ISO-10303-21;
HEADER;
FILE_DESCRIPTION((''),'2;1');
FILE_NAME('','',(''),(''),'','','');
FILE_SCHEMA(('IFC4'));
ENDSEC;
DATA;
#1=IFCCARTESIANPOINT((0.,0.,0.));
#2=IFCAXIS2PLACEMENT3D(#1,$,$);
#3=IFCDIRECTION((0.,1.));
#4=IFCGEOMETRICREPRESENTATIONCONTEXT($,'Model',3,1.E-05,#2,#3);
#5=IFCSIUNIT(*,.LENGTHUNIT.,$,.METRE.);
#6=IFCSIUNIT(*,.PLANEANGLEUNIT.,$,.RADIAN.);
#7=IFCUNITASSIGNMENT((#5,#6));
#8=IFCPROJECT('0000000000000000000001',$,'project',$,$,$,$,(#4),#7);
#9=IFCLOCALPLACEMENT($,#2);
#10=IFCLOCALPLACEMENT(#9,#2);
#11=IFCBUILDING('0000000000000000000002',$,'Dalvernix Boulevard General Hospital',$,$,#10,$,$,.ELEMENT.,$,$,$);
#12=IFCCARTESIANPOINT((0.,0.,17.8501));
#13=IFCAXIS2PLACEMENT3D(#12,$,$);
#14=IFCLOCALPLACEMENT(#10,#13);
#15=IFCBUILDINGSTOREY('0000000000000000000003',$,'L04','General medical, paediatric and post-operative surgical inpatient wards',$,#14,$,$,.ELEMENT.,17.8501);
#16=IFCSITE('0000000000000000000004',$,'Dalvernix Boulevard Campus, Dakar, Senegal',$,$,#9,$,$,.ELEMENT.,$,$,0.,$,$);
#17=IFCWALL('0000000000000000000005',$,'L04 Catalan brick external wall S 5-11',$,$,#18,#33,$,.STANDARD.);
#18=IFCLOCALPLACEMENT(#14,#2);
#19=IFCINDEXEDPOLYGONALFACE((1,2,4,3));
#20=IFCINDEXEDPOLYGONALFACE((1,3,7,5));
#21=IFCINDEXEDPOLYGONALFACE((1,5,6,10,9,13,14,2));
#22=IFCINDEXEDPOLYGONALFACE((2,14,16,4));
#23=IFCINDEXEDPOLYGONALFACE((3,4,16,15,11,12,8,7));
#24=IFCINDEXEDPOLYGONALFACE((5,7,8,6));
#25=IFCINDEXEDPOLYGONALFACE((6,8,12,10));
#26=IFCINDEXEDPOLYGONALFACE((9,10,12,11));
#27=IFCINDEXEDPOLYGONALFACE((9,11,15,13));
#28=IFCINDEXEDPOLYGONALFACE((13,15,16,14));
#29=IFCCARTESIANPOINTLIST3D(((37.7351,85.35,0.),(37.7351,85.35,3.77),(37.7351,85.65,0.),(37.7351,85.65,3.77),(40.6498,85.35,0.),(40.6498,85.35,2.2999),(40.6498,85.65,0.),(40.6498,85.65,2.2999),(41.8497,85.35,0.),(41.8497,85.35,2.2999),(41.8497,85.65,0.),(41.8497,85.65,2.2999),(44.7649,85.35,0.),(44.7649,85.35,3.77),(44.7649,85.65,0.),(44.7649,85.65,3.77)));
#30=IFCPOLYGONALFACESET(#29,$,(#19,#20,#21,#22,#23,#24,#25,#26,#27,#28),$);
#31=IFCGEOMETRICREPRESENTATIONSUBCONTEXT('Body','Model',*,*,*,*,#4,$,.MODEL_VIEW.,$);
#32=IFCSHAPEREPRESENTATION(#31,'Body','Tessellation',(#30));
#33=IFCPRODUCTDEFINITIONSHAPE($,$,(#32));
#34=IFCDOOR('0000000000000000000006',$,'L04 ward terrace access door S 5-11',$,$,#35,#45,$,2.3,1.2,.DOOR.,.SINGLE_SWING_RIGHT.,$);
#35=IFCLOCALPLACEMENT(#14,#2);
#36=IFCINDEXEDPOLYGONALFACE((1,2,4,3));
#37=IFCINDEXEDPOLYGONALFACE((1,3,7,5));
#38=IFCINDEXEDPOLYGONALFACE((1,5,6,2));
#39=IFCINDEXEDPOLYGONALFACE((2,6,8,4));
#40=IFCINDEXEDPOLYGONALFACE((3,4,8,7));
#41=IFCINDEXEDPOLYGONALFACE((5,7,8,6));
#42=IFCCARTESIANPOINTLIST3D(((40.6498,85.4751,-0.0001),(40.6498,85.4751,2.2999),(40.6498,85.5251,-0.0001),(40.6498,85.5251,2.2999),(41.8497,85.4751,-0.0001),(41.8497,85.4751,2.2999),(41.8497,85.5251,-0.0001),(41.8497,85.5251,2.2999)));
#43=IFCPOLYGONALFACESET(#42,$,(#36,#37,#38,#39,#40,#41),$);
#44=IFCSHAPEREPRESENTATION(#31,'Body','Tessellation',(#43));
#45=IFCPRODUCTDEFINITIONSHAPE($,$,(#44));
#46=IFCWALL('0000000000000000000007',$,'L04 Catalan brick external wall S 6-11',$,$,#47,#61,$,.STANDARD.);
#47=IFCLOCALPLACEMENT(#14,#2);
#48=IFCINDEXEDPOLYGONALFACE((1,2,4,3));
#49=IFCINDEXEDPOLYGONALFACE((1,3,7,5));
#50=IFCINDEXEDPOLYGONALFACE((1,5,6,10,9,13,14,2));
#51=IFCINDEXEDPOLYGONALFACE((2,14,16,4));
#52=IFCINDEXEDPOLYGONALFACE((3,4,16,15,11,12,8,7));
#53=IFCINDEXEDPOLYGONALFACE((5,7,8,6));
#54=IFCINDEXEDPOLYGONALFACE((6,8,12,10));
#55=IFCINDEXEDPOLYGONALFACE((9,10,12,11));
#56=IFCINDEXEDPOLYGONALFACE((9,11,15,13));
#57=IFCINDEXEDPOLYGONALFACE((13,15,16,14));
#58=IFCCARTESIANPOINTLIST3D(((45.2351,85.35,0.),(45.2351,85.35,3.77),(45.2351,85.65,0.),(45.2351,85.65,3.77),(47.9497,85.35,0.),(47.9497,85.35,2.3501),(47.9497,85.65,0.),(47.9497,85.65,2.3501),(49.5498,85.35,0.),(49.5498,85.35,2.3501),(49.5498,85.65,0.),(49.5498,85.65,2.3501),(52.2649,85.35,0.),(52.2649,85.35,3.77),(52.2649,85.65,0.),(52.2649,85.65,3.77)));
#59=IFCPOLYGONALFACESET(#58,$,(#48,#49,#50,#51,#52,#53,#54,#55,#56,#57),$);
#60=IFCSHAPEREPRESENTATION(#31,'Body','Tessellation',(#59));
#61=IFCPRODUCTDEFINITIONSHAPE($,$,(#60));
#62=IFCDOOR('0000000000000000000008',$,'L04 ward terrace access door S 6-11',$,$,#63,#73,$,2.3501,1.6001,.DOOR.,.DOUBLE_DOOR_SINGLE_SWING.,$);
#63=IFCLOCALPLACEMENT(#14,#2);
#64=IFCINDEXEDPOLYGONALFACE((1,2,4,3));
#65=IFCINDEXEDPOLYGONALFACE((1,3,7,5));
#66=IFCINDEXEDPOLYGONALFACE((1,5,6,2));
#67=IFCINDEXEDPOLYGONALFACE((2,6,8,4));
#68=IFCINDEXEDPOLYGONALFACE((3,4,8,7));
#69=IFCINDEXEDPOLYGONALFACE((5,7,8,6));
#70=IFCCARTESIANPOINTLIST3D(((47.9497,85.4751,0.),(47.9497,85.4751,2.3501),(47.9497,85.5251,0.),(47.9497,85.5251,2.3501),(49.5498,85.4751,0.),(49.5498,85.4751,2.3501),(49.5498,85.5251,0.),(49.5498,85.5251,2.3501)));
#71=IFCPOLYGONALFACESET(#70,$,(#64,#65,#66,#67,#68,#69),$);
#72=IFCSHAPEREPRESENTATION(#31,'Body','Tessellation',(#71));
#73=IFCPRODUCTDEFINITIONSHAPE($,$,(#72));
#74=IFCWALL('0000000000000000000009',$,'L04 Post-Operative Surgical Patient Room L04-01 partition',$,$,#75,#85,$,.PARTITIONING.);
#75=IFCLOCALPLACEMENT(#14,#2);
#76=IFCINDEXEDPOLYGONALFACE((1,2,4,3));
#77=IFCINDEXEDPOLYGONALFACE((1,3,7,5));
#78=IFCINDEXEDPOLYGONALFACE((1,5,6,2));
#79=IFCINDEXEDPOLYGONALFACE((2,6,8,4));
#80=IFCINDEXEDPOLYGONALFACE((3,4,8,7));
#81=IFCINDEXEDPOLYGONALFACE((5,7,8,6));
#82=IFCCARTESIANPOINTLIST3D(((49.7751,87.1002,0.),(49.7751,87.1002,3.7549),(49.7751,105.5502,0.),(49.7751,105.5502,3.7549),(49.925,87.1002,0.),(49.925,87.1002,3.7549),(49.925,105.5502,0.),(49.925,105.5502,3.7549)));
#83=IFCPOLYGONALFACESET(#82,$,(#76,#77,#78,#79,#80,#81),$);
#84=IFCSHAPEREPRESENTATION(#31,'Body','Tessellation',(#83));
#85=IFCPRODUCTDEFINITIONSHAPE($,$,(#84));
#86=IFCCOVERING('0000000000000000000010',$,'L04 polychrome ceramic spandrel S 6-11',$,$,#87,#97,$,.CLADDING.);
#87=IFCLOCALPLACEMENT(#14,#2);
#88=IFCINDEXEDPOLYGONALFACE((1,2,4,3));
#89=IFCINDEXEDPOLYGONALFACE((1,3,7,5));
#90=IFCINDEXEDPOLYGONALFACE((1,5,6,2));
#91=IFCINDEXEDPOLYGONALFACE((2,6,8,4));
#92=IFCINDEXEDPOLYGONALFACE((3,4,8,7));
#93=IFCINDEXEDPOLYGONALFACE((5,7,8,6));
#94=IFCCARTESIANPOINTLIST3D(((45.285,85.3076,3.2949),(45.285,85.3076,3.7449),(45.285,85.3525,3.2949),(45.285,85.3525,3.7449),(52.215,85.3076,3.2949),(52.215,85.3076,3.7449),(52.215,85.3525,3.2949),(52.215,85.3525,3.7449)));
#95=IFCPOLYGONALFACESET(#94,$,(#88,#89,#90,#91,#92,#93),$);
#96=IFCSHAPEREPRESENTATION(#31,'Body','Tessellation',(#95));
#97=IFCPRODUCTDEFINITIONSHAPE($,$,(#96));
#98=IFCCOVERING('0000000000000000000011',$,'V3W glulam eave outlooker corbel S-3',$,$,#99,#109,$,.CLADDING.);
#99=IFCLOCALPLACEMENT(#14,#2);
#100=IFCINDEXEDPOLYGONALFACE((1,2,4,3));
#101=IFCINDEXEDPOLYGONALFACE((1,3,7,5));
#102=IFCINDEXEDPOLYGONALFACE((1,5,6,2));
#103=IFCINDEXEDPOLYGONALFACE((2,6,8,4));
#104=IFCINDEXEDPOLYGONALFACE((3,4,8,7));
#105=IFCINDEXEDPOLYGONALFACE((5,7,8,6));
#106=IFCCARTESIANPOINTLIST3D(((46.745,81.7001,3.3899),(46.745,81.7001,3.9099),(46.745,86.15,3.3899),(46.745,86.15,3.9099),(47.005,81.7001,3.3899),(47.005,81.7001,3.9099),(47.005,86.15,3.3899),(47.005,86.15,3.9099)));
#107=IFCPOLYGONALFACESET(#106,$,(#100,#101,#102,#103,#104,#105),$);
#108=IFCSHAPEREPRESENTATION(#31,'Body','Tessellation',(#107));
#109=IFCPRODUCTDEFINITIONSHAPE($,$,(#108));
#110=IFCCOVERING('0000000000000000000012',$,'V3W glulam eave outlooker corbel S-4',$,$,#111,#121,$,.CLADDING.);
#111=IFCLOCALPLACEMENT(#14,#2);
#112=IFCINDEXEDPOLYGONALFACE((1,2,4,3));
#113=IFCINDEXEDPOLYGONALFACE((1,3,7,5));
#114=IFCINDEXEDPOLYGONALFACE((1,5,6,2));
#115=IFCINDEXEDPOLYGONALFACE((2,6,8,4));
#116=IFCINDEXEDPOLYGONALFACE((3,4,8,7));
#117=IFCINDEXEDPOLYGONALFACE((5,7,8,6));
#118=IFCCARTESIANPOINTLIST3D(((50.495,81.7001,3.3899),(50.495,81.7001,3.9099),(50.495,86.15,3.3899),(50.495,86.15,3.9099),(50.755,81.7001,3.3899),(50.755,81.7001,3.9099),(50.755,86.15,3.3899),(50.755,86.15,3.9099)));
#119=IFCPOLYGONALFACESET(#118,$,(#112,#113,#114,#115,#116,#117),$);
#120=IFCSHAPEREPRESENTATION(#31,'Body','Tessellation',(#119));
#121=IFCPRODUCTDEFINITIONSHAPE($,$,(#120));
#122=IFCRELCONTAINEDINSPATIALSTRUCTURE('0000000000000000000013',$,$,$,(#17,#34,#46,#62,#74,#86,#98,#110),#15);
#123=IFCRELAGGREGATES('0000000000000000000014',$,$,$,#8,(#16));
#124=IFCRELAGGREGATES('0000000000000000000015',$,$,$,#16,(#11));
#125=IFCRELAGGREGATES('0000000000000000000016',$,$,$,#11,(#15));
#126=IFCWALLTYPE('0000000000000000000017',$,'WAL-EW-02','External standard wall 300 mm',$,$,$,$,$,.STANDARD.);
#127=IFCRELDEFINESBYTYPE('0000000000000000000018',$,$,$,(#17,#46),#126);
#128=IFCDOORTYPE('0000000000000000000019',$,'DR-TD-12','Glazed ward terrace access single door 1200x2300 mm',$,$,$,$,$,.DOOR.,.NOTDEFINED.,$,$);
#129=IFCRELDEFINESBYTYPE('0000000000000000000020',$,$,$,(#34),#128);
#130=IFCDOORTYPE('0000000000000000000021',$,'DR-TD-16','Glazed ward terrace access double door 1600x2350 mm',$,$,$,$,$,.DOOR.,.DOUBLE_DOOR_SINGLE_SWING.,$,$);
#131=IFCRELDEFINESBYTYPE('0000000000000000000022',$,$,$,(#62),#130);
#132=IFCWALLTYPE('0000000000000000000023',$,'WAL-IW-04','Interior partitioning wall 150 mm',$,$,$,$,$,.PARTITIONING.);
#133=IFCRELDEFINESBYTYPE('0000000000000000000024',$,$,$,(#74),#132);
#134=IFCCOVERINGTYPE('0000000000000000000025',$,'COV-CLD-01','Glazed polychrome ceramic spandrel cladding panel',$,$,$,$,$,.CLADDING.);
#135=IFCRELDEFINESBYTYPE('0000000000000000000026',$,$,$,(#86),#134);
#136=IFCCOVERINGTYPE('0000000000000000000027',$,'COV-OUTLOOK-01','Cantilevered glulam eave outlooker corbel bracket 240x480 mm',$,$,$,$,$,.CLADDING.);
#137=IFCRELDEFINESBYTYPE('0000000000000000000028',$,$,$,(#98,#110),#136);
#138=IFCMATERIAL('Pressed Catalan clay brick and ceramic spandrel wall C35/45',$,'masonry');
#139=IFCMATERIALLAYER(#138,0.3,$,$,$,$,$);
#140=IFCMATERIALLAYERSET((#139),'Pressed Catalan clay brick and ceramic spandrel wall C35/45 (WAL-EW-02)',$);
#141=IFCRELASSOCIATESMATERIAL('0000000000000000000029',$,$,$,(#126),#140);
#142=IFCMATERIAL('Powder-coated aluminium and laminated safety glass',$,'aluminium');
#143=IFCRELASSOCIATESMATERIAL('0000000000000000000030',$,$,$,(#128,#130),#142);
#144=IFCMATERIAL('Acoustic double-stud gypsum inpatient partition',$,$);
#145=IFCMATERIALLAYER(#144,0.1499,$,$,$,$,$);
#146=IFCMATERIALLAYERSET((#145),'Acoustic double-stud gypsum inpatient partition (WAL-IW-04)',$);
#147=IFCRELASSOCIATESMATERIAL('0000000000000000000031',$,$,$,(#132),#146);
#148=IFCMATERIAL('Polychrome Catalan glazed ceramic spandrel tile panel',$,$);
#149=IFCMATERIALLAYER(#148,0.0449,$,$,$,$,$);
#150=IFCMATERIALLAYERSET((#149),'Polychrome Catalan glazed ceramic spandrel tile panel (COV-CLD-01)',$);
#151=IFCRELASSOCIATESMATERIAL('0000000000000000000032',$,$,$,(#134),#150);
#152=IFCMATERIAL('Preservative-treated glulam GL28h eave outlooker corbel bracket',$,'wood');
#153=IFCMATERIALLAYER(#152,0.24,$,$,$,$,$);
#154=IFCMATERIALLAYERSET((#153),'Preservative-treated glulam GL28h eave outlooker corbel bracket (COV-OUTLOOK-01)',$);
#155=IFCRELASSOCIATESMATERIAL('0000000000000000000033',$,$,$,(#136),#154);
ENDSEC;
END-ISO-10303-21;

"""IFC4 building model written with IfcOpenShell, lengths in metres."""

from ifc_helpers import new_model, si_unit, direction, frame, frame_2d, origin, origin_2d, place, context, subcontext, project, spatial, rectangle, extrude, material, layer, layer_set, type_object, element, fill, save


model = new_model("IFC4")

# Units and contexts
model_context = context("Model", 3, precision=1e-05, world=origin(), true_north=direction((0.0, 1.0)))
body_context = subcontext(model_context, "Body", "Model", "MODEL_VIEW")
ifc_project = project(units=[si_unit("LENGTHUNIT", "METRE"), si_unit("PLANEANGLEUNIT", "RADIAN")], contexts=[model_context])

# Site, building, storey
site_placement = place(None, origin())
site = spatial("IfcSite", under=ifc_project, at=site_placement, Name="Dalvernix Boulevard Campus, Dakar, Senegal", CompositionType="ELEMENT", RefElevation=0.0)
building_placement = place(site_placement, origin())
building = spatial("IfcBuilding", under=site, at=building_placement, Name="Dalvernix Boulevard General Hospital", CompositionType="ELEMENT")
storey_placement = place(building_placement, frame((0.0, 0.0, 17.8501)))
storey = spatial("IfcBuildingStorey", under=building, at=storey_placement, Name="L04", Description="General medical, paediatric and post-operative surgical inpatient wards", CompositionType="ELEMENT", Elevation=17.8501)

# Walls, openings, doors
ifc_material_1 = material(Name="Pressed Catalan clay brick and ceramic spandrel wall C35/45", Category="masonry")
ifc_layer_1 = layer(ifc_material_1, 0.3)
ifc_layer_set_1 = layer_set([ifc_layer_1], Name="Pressed Catalan clay brick and ceramic spandrel wall C35/45 (WAL-EW-02)")
wall_type_1 = type_object("IfcWallType", Name="WAL-EW-02", Description="External standard wall 300 mm", PredefinedType="STANDARD", material=ifc_layer_set_1)
wall_1_placement = place(storey_placement, frame((44.7649, 85.5, 0.0), z_axis=(0.0, 0.0, 1.0), x_axis=(-1.0, 0.0, 0.0)))
wall_1 = element("IfcWall", 1, at=wall_1_placement, inside=storey, type_object=wall_type_1, Name="L04 Catalan brick external wall S 5-11", PredefinedType="STANDARD", context=body_context, shape_type="SweptSolid", body=[
    extrude(rectangle(XDim=7.0298, YDim=0.3, at=frame_2d((3.5149, 0.0))), origin(), (0.0, 0.0, 1.0), 3.77),
])
opening_1_placement = place(wall_1_placement, frame((2.915, 0.0, 0.0)))
opening_1 = element("IfcOpeningElement", 2, at=opening_1_placement, cuts=wall_1, PredefinedType="OPENING", context=body_context, shape_type="SweptSolid", body=[
    extrude(rectangle(XDim=1.2, YDim=2.3, at=frame_2d((0.6001, 1.1499))), frame((0.0, 0.1599, 0.0), z_axis=(0.0, -1.0, 0.0), x_axis=(1.0, 0.0, 0.0)), (0.0, 0.0, 1.0), 0.3201),
])
ifc_material_2 = material(Name="Powder-coated aluminium and laminated safety glass", Category="aluminium")
door_type_1 = type_object("IfcDoorType", Name="DR-TD-12", Description="Glazed ward terrace access single door 1200x2300 mm", OperationType="NOTDEFINED", PredefinedType="DOOR", material=ifc_material_2)
door_1_placement = place(opening_1_placement, origin())
door_1 = element("IfcDoor", 3, at=door_1_placement, inside=storey, type_object=door_type_1, Name="L04 ward terrace access door S 5-11", OperationType="SINGLE_SWING_RIGHT", OverallHeight=2.3, OverallWidth=1.2, PredefinedType="DOOR", context=body_context, shape_type="SweptSolid", body=[
    extrude(rectangle(XDim=1.2, YDim=2.3, at=frame_2d((0.6001, 1.1499))), frame((0.0, 0.0249, 0.0), z_axis=(0.0, -1.0, 0.0), x_axis=(1.0, 0.0, 0.0)), (0.0, 0.0, 1.0), 0.05),
])
fill(opening_1, door_1)
wall_2_placement = place(storey_placement, frame((52.2649, 85.5, 0.0), z_axis=(0.0, 0.0, 1.0), x_axis=(-1.0, 0.0, 0.0)))
wall_2 = element("IfcWall", 4, at=wall_2_placement, inside=storey, type_object=wall_type_1, Name="L04 Catalan brick external wall S 6-11", PredefinedType="STANDARD", context=body_context, shape_type="SweptSolid", body=[
    extrude(rectangle(XDim=7.0298, YDim=0.3, at=frame_2d((3.5149, 0.0))), origin(), (0.0, 0.0, 1.0), 3.77),
])
opening_2_placement = place(wall_2_placement, frame((2.7151, 0.0, 0.0)))
opening_2 = element("IfcOpeningElement", 5, at=opening_2_placement, cuts=wall_2, PredefinedType="OPENING", context=body_context, shape_type="SweptSolid", body=[
    extrude(rectangle(XDim=1.6001, YDim=2.3501, at=frame_2d((0.8, 1.175))), frame((0.0, 0.1599, 0.0), z_axis=(0.0, -1.0, 0.0), x_axis=(1.0, 0.0, 0.0)), (0.0, 0.0, 1.0), 0.3201),
])
door_type_2 = type_object("IfcDoorType", Name="DR-TD-16", Description="Glazed ward terrace access double door 1600x2350 mm", OperationType="DOUBLE_DOOR_SINGLE_SWING", PredefinedType="DOOR", material=ifc_material_2)
door_2_placement = place(opening_2_placement, origin())
door_2 = element("IfcDoor", 6, at=door_2_placement, inside=storey, type_object=door_type_2, Name="L04 ward terrace access door S 6-11", OperationType="DOUBLE_DOOR_SINGLE_SWING", OverallHeight=2.3501, OverallWidth=1.6001, PredefinedType="DOOR", context=body_context, shape_type="SweptSolid", body=[
    extrude(rectangle(XDim=1.6001, YDim=2.3501, at=frame_2d((0.8, 1.175))), frame((0.0, 0.0249, 0.0), z_axis=(0.0, -1.0, 0.0), x_axis=(1.0, 0.0, 0.0)), (0.0, 0.0, 1.0), 0.05),
])
fill(opening_2, door_2)

# Wall
ifc_material_3 = material(Name="Acoustic double-stud gypsum inpatient partition")
ifc_layer_2 = layer(ifc_material_3, 0.1499)
ifc_layer_set_2 = layer_set([ifc_layer_2], Name="Acoustic double-stud gypsum inpatient partition (WAL-IW-04)")
wall_type_2 = type_object("IfcWallType", Name="WAL-IW-04", Description="Interior partitioning wall 150 mm", PredefinedType="PARTITIONING", material=ifc_layer_set_2)
wall_3_placement = place(storey_placement, frame((49.8501, 87.1001, 0.0), z_axis=(0.0, 0.0, 1.0), x_axis=(0.0, 1.0, 0.0)))
element("IfcWall", 7, at=wall_3_placement, inside=storey, type_object=wall_type_2, Name="L04 Post-Operative Surgical Patient Room L04-01 partition", PredefinedType="PARTITIONING", context=body_context, shape_type="SweptSolid", body=[
    extrude(rectangle(XDim=18.45, YDim=0.1499, at=frame_2d((9.2251, 0.0))), origin(), (0.0, 0.0, 1.0), 3.7549),
])

# Coverings
ifc_material_4 = material(Name="Polychrome Catalan glazed ceramic spandrel tile panel")
ifc_layer_3 = layer(ifc_material_4, 0.0449)
ifc_layer_set_3 = layer_set([ifc_layer_3], Name="Polychrome Catalan glazed ceramic spandrel tile panel (COV-CLD-01)")
covering_type_1 = type_object("IfcCoveringType", Name="COV-CLD-01", Description="Glazed polychrome ceramic spandrel cladding panel", PredefinedType="CLADDING", material=ifc_layer_set_3)
covering_placement = place(storey_placement, frame((48.75, 85.3301, 3.2949), z_axis=(0.0, 0.0, 1.0), x_axis=(-1.0, 0.0, 0.0)))
element("IfcCovering", 8, at=covering_placement, inside=storey, type_object=covering_type_1, Name="L04 polychrome ceramic spandrel S 6-11", PredefinedType="CLADDING", context=body_context, shape_type="SweptSolid", body=[
    extrude(rectangle(XDim=6.9299, YDim=0.0449, at=origin_2d()), origin(), (0.0, 0.0, 1.0), 0.45),
])
ifc_material_5 = material(Name="Preservative-treated glulam GL28h eave outlooker corbel bracket", Category="wood")
ifc_layer_4 = layer(ifc_material_5, 0.24)
ifc_layer_set_4 = layer_set([ifc_layer_4], Name="Preservative-treated glulam GL28h eave outlooker corbel bracket (COV-OUTLOOK-01)")
covering_type_2 = type_object("IfcCoveringType", Name="COV-OUTLOOK-01", Description="Cantilevered glulam eave outlooker corbel bracket 240x480 mm", PredefinedType="CLADDING", material=ifc_layer_set_4)
for number, where, z_axis, x_axis, name in (
    (9, (46.875, 83.925, 3.3899), (0.0, 0.0, 1.0), (1.0, 0.0, 0.0), "V3W glulam eave outlooker corbel S-3"),
    (10, (50.625, 83.925, 3.3899), (0.0, 0.0, 1.0), (1.0, 0.0, 0.0), "V3W glulam eave outlooker corbel S-4"),
):
    element("IfcCovering", number, at=place(storey_placement, frame(where, z_axis=z_axis, x_axis=x_axis)), inside=storey, type_object=covering_type_2, Name=name, PredefinedType="CLADDING", context=body_context, shape_type="SweptSolid", body=[
        extrude(rectangle(XDim=0.26, YDim=4.45, at=origin_2d()), origin(), (0.0, 0.0, 1.0), 0.52),
    ])

save(model, "model.ifc")
